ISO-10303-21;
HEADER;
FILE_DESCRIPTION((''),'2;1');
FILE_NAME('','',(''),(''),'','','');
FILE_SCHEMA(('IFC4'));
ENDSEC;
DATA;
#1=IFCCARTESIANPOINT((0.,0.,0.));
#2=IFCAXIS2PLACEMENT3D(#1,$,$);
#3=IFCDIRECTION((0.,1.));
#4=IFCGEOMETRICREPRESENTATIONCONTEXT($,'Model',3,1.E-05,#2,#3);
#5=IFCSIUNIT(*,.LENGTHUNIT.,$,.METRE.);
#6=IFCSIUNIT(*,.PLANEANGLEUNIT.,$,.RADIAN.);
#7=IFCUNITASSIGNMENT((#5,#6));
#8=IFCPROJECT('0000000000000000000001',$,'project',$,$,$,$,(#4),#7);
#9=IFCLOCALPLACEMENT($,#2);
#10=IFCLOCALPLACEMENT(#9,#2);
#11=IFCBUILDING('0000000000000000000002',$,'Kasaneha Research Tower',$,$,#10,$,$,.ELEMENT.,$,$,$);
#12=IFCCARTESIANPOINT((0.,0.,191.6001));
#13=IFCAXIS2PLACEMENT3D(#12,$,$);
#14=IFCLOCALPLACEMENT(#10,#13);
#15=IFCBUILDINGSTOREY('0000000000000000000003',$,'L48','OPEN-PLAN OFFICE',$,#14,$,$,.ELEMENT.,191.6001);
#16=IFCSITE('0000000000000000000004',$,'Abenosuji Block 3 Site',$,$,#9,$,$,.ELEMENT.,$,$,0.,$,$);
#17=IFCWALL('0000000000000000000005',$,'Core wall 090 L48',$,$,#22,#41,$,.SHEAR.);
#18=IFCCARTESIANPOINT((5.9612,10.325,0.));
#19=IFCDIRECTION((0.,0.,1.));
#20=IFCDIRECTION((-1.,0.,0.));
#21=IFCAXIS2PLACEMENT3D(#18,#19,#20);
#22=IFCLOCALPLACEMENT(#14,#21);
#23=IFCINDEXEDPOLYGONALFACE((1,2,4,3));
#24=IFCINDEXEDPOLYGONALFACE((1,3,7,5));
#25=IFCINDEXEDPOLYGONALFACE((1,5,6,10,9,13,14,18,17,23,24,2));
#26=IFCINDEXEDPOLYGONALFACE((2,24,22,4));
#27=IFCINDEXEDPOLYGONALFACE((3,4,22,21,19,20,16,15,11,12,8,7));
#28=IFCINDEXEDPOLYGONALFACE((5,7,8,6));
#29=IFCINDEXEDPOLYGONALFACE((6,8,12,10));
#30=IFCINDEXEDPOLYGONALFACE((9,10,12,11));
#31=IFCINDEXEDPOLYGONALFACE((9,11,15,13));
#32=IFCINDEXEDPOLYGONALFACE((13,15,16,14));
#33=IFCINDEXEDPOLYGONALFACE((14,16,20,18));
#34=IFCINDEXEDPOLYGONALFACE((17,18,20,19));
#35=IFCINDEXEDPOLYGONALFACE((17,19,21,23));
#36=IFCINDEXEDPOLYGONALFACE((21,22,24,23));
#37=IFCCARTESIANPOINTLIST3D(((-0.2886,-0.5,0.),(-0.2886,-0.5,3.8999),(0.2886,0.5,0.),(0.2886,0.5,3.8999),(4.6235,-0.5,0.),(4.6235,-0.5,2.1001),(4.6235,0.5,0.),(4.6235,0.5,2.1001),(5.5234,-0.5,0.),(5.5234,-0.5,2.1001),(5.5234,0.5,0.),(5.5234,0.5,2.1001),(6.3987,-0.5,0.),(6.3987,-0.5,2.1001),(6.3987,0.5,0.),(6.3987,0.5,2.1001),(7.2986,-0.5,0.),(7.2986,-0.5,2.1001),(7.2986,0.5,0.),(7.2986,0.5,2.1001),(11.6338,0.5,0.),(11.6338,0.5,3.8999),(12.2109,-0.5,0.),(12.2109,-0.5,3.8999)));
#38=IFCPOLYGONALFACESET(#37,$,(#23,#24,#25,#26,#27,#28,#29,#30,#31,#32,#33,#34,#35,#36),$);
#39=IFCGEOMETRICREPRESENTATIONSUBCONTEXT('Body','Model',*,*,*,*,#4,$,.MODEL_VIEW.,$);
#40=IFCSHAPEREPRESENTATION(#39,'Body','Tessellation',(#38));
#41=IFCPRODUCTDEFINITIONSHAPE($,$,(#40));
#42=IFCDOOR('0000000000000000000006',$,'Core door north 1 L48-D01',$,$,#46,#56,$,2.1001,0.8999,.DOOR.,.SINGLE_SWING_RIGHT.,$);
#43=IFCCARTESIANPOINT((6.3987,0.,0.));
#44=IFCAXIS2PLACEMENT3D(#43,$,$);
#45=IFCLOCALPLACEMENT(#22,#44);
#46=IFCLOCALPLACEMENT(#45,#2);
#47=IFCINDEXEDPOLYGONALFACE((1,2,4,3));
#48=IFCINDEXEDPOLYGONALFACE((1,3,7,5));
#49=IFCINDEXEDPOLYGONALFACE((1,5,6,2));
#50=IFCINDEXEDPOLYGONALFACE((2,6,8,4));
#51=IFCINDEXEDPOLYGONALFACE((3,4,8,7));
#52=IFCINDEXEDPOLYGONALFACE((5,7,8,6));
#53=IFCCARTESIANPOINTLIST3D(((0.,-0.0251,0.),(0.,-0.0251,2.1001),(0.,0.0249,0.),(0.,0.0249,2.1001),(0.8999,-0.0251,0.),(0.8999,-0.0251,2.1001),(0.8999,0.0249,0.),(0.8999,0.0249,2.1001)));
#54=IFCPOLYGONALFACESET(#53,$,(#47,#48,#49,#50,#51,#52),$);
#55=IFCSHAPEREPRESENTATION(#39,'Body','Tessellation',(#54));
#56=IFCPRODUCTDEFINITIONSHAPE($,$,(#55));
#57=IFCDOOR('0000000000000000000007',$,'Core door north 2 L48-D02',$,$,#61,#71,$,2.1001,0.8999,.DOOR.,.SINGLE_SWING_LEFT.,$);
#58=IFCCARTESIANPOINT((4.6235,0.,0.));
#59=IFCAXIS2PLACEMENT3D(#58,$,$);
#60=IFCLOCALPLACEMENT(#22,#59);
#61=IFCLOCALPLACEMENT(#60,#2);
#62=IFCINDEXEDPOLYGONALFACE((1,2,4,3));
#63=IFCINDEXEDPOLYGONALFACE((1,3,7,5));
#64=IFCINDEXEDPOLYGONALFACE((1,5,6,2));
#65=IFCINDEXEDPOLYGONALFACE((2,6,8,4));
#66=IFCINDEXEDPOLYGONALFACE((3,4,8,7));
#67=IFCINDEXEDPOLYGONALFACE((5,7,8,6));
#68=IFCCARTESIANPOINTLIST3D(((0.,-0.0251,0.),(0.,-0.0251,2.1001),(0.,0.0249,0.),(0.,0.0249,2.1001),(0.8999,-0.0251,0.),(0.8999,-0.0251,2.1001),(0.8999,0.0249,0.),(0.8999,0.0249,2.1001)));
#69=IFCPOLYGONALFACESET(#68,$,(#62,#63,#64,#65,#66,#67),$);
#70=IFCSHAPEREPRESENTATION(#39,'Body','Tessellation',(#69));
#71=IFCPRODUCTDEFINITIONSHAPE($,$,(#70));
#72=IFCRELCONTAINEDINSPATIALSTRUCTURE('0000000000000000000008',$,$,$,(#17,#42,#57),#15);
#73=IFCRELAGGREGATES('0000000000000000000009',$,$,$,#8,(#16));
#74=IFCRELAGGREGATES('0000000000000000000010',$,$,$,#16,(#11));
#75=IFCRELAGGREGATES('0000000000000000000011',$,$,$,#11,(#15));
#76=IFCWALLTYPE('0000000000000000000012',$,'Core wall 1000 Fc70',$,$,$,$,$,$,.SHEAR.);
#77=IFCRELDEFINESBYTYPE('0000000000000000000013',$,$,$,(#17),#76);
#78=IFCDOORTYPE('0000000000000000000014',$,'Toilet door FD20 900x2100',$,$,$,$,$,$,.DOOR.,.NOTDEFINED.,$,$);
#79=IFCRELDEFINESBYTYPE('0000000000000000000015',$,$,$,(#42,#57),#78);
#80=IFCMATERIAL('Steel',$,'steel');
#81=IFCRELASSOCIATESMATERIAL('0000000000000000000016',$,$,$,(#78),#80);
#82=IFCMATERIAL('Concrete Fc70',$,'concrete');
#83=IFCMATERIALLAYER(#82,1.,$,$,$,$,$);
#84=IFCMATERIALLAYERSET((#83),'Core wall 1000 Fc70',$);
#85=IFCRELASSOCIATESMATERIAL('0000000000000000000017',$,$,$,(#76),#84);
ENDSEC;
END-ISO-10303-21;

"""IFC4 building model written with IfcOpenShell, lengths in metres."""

from ifc_helpers import new_model, si_unit, direction, frame, frame_2d, origin, place, context, subcontext, project, spatial, polyline, rectangle, outline, extrude, material, layer, layer_set, type_object, element, fill, save


model = new_model("IFC4")

# Units and contexts
model_context = context("Model", 3, precision=1e-05, world=origin(), true_north=direction((0.0, 1.0)))
body_context = subcontext(model_context, "Body", "Model", "MODEL_VIEW")
ifc_project = project(units=[si_unit("LENGTHUNIT", "METRE"), si_unit("PLANEANGLEUNIT", "RADIAN")], contexts=[model_context])

# Site, building, storey
site_placement = place(None, origin())
site = spatial("IfcSite", under=ifc_project, at=site_placement, Name="Abenosuji Block 3 Site", CompositionType="ELEMENT", RefElevation=0.0)
building_placement = place(site_placement, origin())
building = spatial("IfcBuilding", under=site, at=building_placement, Name="Kasaneha Research Tower", CompositionType="ELEMENT")
storey_placement = place(building_placement, frame((0.0, 0.0, 191.6001)))
storey = spatial("IfcBuildingStorey", under=building, at=storey_placement, Name="L48", Description="OPEN-PLAN OFFICE", CompositionType="ELEMENT", Elevation=191.6001)

# Shared definitions
ifc_material_1 = material(Name="Steel", Category="steel")
door_type_1 = type_object("IfcDoorType", Name="Toilet door FD20 900x2100", OperationType="NOTDEFINED", PredefinedType="DOOR", material=ifc_material_1)

# Wall, openings, doors
ifc_material_2 = material(Name="Concrete Fc70", Category="concrete")
ifc_layer_1 = layer(ifc_material_2, 1.0)
ifc_layer_set_1 = layer_set([ifc_layer_1], Name="Core wall 1000 Fc70")
wall_type_1 = type_object("IfcWallType", Name="Core wall 1000 Fc70", PredefinedType="SHEAR", material=ifc_layer_set_1)
wall_1_placement = place(storey_placement, frame((5.9612, 10.325, 0.0), z_axis=(0.0, 0.0, 1.0), x_axis=(-1.0, 0.0, 0.0)))
wall_1 = element("IfcWall", 1, at=wall_1_placement, inside=storey, type_object=wall_type_1, Name="Core wall 090 L48", PredefinedType="SHEAR", context=body_context, shape_type="SweptSolid", body=[
    extrude(outline(polyline([(-0.2886, -0.5), (4.6235, -0.5), (5.5234, -0.5), (6.3987, -0.5), (7.2986, -0.5), (12.2109, -0.5), (11.6338, 0.5), (7.2986, 0.5), (6.3987, 0.5), (5.5234, 0.5), (4.6235, 0.5), (0.2886, 0.5), (-0.2886, -0.5)])), origin(), (0.0, 0.0, 1.0), 3.8999),
])
opening_1_placement = place(wall_1_placement, frame((6.3987, 0.0, 0.0)))
opening_1 = element("IfcOpeningElement", 2, at=opening_1_placement, cuts=wall_1, PredefinedType="OPENING", context=body_context, shape_type="SweptSolid", body=[
    extrude(rectangle(XDim=0.8999, YDim=2.1001, at=frame_2d((0.45, 1.05))), frame((0.0, 0.51, 0.0), z_axis=(0.0, -1.0, 0.0), x_axis=(1.0, 0.0, 0.0)), (0.0, 0.0, 1.0), 1.02),
])
opening_2_placement = place(wall_1_placement, frame((4.6235, 0.0, 0.0)))
opening_2 = element("IfcOpeningElement", 3, at=opening_2_placement, cuts=wall_1, PredefinedType="OPENING", context=body_context, shape_type="SweptSolid", body=[
    extrude(rectangle(XDim=0.8999, YDim=2.1001, at=frame_2d((0.45, 1.05))), frame((0.0, 0.51, 0.0), z_axis=(0.0, -1.0, 0.0), x_axis=(1.0, 0.0, 0.0)), (0.0, 0.0, 1.0), 1.02),
])
door_1_placement = place(opening_1_placement, origin())
door_1 = element("IfcDoor", 4, at=door_1_placement, inside=storey, type_object=door_type_1, Name="Core door north 1 L48-D01", OperationType="SINGLE_SWING_RIGHT", OverallHeight=2.1001, OverallWidth=0.8999, PredefinedType="DOOR", context=body_context, shape_type="SweptSolid", body=[
    extrude(rectangle(XDim=0.8999, YDim=2.1001, at=frame_2d((0.45, 1.05))), frame((0.0, 0.0249, 0.0), z_axis=(0.0, -1.0, 0.0), x_axis=(1.0, 0.0, 0.0)), (0.0, 0.0, 1.0), 0.05),
])
fill(opening_1, door_1)
door_2_placement = place(opening_2_placement, origin())
door_2 = element("IfcDoor", 5, at=door_2_placement, inside=storey, type_object=door_type_1, Name="Core door north 2 L48-D02", OperationType="SINGLE_SWING_LEFT", OverallHeight=2.1001, OverallWidth=0.8999, PredefinedType="DOOR", context=body_context, shape_type="SweptSolid", body=[
    extrude(rectangle(XDim=0.8999, YDim=2.1001, at=frame_2d((0.45, 1.05))), frame((0.0, 0.0249, 0.0), z_axis=(0.0, -1.0, 0.0), x_axis=(1.0, 0.0, 0.0)), (0.0, 0.0, 1.0), 0.05),
])
fill(opening_2, door_2)

save(model, "model.ifc")
